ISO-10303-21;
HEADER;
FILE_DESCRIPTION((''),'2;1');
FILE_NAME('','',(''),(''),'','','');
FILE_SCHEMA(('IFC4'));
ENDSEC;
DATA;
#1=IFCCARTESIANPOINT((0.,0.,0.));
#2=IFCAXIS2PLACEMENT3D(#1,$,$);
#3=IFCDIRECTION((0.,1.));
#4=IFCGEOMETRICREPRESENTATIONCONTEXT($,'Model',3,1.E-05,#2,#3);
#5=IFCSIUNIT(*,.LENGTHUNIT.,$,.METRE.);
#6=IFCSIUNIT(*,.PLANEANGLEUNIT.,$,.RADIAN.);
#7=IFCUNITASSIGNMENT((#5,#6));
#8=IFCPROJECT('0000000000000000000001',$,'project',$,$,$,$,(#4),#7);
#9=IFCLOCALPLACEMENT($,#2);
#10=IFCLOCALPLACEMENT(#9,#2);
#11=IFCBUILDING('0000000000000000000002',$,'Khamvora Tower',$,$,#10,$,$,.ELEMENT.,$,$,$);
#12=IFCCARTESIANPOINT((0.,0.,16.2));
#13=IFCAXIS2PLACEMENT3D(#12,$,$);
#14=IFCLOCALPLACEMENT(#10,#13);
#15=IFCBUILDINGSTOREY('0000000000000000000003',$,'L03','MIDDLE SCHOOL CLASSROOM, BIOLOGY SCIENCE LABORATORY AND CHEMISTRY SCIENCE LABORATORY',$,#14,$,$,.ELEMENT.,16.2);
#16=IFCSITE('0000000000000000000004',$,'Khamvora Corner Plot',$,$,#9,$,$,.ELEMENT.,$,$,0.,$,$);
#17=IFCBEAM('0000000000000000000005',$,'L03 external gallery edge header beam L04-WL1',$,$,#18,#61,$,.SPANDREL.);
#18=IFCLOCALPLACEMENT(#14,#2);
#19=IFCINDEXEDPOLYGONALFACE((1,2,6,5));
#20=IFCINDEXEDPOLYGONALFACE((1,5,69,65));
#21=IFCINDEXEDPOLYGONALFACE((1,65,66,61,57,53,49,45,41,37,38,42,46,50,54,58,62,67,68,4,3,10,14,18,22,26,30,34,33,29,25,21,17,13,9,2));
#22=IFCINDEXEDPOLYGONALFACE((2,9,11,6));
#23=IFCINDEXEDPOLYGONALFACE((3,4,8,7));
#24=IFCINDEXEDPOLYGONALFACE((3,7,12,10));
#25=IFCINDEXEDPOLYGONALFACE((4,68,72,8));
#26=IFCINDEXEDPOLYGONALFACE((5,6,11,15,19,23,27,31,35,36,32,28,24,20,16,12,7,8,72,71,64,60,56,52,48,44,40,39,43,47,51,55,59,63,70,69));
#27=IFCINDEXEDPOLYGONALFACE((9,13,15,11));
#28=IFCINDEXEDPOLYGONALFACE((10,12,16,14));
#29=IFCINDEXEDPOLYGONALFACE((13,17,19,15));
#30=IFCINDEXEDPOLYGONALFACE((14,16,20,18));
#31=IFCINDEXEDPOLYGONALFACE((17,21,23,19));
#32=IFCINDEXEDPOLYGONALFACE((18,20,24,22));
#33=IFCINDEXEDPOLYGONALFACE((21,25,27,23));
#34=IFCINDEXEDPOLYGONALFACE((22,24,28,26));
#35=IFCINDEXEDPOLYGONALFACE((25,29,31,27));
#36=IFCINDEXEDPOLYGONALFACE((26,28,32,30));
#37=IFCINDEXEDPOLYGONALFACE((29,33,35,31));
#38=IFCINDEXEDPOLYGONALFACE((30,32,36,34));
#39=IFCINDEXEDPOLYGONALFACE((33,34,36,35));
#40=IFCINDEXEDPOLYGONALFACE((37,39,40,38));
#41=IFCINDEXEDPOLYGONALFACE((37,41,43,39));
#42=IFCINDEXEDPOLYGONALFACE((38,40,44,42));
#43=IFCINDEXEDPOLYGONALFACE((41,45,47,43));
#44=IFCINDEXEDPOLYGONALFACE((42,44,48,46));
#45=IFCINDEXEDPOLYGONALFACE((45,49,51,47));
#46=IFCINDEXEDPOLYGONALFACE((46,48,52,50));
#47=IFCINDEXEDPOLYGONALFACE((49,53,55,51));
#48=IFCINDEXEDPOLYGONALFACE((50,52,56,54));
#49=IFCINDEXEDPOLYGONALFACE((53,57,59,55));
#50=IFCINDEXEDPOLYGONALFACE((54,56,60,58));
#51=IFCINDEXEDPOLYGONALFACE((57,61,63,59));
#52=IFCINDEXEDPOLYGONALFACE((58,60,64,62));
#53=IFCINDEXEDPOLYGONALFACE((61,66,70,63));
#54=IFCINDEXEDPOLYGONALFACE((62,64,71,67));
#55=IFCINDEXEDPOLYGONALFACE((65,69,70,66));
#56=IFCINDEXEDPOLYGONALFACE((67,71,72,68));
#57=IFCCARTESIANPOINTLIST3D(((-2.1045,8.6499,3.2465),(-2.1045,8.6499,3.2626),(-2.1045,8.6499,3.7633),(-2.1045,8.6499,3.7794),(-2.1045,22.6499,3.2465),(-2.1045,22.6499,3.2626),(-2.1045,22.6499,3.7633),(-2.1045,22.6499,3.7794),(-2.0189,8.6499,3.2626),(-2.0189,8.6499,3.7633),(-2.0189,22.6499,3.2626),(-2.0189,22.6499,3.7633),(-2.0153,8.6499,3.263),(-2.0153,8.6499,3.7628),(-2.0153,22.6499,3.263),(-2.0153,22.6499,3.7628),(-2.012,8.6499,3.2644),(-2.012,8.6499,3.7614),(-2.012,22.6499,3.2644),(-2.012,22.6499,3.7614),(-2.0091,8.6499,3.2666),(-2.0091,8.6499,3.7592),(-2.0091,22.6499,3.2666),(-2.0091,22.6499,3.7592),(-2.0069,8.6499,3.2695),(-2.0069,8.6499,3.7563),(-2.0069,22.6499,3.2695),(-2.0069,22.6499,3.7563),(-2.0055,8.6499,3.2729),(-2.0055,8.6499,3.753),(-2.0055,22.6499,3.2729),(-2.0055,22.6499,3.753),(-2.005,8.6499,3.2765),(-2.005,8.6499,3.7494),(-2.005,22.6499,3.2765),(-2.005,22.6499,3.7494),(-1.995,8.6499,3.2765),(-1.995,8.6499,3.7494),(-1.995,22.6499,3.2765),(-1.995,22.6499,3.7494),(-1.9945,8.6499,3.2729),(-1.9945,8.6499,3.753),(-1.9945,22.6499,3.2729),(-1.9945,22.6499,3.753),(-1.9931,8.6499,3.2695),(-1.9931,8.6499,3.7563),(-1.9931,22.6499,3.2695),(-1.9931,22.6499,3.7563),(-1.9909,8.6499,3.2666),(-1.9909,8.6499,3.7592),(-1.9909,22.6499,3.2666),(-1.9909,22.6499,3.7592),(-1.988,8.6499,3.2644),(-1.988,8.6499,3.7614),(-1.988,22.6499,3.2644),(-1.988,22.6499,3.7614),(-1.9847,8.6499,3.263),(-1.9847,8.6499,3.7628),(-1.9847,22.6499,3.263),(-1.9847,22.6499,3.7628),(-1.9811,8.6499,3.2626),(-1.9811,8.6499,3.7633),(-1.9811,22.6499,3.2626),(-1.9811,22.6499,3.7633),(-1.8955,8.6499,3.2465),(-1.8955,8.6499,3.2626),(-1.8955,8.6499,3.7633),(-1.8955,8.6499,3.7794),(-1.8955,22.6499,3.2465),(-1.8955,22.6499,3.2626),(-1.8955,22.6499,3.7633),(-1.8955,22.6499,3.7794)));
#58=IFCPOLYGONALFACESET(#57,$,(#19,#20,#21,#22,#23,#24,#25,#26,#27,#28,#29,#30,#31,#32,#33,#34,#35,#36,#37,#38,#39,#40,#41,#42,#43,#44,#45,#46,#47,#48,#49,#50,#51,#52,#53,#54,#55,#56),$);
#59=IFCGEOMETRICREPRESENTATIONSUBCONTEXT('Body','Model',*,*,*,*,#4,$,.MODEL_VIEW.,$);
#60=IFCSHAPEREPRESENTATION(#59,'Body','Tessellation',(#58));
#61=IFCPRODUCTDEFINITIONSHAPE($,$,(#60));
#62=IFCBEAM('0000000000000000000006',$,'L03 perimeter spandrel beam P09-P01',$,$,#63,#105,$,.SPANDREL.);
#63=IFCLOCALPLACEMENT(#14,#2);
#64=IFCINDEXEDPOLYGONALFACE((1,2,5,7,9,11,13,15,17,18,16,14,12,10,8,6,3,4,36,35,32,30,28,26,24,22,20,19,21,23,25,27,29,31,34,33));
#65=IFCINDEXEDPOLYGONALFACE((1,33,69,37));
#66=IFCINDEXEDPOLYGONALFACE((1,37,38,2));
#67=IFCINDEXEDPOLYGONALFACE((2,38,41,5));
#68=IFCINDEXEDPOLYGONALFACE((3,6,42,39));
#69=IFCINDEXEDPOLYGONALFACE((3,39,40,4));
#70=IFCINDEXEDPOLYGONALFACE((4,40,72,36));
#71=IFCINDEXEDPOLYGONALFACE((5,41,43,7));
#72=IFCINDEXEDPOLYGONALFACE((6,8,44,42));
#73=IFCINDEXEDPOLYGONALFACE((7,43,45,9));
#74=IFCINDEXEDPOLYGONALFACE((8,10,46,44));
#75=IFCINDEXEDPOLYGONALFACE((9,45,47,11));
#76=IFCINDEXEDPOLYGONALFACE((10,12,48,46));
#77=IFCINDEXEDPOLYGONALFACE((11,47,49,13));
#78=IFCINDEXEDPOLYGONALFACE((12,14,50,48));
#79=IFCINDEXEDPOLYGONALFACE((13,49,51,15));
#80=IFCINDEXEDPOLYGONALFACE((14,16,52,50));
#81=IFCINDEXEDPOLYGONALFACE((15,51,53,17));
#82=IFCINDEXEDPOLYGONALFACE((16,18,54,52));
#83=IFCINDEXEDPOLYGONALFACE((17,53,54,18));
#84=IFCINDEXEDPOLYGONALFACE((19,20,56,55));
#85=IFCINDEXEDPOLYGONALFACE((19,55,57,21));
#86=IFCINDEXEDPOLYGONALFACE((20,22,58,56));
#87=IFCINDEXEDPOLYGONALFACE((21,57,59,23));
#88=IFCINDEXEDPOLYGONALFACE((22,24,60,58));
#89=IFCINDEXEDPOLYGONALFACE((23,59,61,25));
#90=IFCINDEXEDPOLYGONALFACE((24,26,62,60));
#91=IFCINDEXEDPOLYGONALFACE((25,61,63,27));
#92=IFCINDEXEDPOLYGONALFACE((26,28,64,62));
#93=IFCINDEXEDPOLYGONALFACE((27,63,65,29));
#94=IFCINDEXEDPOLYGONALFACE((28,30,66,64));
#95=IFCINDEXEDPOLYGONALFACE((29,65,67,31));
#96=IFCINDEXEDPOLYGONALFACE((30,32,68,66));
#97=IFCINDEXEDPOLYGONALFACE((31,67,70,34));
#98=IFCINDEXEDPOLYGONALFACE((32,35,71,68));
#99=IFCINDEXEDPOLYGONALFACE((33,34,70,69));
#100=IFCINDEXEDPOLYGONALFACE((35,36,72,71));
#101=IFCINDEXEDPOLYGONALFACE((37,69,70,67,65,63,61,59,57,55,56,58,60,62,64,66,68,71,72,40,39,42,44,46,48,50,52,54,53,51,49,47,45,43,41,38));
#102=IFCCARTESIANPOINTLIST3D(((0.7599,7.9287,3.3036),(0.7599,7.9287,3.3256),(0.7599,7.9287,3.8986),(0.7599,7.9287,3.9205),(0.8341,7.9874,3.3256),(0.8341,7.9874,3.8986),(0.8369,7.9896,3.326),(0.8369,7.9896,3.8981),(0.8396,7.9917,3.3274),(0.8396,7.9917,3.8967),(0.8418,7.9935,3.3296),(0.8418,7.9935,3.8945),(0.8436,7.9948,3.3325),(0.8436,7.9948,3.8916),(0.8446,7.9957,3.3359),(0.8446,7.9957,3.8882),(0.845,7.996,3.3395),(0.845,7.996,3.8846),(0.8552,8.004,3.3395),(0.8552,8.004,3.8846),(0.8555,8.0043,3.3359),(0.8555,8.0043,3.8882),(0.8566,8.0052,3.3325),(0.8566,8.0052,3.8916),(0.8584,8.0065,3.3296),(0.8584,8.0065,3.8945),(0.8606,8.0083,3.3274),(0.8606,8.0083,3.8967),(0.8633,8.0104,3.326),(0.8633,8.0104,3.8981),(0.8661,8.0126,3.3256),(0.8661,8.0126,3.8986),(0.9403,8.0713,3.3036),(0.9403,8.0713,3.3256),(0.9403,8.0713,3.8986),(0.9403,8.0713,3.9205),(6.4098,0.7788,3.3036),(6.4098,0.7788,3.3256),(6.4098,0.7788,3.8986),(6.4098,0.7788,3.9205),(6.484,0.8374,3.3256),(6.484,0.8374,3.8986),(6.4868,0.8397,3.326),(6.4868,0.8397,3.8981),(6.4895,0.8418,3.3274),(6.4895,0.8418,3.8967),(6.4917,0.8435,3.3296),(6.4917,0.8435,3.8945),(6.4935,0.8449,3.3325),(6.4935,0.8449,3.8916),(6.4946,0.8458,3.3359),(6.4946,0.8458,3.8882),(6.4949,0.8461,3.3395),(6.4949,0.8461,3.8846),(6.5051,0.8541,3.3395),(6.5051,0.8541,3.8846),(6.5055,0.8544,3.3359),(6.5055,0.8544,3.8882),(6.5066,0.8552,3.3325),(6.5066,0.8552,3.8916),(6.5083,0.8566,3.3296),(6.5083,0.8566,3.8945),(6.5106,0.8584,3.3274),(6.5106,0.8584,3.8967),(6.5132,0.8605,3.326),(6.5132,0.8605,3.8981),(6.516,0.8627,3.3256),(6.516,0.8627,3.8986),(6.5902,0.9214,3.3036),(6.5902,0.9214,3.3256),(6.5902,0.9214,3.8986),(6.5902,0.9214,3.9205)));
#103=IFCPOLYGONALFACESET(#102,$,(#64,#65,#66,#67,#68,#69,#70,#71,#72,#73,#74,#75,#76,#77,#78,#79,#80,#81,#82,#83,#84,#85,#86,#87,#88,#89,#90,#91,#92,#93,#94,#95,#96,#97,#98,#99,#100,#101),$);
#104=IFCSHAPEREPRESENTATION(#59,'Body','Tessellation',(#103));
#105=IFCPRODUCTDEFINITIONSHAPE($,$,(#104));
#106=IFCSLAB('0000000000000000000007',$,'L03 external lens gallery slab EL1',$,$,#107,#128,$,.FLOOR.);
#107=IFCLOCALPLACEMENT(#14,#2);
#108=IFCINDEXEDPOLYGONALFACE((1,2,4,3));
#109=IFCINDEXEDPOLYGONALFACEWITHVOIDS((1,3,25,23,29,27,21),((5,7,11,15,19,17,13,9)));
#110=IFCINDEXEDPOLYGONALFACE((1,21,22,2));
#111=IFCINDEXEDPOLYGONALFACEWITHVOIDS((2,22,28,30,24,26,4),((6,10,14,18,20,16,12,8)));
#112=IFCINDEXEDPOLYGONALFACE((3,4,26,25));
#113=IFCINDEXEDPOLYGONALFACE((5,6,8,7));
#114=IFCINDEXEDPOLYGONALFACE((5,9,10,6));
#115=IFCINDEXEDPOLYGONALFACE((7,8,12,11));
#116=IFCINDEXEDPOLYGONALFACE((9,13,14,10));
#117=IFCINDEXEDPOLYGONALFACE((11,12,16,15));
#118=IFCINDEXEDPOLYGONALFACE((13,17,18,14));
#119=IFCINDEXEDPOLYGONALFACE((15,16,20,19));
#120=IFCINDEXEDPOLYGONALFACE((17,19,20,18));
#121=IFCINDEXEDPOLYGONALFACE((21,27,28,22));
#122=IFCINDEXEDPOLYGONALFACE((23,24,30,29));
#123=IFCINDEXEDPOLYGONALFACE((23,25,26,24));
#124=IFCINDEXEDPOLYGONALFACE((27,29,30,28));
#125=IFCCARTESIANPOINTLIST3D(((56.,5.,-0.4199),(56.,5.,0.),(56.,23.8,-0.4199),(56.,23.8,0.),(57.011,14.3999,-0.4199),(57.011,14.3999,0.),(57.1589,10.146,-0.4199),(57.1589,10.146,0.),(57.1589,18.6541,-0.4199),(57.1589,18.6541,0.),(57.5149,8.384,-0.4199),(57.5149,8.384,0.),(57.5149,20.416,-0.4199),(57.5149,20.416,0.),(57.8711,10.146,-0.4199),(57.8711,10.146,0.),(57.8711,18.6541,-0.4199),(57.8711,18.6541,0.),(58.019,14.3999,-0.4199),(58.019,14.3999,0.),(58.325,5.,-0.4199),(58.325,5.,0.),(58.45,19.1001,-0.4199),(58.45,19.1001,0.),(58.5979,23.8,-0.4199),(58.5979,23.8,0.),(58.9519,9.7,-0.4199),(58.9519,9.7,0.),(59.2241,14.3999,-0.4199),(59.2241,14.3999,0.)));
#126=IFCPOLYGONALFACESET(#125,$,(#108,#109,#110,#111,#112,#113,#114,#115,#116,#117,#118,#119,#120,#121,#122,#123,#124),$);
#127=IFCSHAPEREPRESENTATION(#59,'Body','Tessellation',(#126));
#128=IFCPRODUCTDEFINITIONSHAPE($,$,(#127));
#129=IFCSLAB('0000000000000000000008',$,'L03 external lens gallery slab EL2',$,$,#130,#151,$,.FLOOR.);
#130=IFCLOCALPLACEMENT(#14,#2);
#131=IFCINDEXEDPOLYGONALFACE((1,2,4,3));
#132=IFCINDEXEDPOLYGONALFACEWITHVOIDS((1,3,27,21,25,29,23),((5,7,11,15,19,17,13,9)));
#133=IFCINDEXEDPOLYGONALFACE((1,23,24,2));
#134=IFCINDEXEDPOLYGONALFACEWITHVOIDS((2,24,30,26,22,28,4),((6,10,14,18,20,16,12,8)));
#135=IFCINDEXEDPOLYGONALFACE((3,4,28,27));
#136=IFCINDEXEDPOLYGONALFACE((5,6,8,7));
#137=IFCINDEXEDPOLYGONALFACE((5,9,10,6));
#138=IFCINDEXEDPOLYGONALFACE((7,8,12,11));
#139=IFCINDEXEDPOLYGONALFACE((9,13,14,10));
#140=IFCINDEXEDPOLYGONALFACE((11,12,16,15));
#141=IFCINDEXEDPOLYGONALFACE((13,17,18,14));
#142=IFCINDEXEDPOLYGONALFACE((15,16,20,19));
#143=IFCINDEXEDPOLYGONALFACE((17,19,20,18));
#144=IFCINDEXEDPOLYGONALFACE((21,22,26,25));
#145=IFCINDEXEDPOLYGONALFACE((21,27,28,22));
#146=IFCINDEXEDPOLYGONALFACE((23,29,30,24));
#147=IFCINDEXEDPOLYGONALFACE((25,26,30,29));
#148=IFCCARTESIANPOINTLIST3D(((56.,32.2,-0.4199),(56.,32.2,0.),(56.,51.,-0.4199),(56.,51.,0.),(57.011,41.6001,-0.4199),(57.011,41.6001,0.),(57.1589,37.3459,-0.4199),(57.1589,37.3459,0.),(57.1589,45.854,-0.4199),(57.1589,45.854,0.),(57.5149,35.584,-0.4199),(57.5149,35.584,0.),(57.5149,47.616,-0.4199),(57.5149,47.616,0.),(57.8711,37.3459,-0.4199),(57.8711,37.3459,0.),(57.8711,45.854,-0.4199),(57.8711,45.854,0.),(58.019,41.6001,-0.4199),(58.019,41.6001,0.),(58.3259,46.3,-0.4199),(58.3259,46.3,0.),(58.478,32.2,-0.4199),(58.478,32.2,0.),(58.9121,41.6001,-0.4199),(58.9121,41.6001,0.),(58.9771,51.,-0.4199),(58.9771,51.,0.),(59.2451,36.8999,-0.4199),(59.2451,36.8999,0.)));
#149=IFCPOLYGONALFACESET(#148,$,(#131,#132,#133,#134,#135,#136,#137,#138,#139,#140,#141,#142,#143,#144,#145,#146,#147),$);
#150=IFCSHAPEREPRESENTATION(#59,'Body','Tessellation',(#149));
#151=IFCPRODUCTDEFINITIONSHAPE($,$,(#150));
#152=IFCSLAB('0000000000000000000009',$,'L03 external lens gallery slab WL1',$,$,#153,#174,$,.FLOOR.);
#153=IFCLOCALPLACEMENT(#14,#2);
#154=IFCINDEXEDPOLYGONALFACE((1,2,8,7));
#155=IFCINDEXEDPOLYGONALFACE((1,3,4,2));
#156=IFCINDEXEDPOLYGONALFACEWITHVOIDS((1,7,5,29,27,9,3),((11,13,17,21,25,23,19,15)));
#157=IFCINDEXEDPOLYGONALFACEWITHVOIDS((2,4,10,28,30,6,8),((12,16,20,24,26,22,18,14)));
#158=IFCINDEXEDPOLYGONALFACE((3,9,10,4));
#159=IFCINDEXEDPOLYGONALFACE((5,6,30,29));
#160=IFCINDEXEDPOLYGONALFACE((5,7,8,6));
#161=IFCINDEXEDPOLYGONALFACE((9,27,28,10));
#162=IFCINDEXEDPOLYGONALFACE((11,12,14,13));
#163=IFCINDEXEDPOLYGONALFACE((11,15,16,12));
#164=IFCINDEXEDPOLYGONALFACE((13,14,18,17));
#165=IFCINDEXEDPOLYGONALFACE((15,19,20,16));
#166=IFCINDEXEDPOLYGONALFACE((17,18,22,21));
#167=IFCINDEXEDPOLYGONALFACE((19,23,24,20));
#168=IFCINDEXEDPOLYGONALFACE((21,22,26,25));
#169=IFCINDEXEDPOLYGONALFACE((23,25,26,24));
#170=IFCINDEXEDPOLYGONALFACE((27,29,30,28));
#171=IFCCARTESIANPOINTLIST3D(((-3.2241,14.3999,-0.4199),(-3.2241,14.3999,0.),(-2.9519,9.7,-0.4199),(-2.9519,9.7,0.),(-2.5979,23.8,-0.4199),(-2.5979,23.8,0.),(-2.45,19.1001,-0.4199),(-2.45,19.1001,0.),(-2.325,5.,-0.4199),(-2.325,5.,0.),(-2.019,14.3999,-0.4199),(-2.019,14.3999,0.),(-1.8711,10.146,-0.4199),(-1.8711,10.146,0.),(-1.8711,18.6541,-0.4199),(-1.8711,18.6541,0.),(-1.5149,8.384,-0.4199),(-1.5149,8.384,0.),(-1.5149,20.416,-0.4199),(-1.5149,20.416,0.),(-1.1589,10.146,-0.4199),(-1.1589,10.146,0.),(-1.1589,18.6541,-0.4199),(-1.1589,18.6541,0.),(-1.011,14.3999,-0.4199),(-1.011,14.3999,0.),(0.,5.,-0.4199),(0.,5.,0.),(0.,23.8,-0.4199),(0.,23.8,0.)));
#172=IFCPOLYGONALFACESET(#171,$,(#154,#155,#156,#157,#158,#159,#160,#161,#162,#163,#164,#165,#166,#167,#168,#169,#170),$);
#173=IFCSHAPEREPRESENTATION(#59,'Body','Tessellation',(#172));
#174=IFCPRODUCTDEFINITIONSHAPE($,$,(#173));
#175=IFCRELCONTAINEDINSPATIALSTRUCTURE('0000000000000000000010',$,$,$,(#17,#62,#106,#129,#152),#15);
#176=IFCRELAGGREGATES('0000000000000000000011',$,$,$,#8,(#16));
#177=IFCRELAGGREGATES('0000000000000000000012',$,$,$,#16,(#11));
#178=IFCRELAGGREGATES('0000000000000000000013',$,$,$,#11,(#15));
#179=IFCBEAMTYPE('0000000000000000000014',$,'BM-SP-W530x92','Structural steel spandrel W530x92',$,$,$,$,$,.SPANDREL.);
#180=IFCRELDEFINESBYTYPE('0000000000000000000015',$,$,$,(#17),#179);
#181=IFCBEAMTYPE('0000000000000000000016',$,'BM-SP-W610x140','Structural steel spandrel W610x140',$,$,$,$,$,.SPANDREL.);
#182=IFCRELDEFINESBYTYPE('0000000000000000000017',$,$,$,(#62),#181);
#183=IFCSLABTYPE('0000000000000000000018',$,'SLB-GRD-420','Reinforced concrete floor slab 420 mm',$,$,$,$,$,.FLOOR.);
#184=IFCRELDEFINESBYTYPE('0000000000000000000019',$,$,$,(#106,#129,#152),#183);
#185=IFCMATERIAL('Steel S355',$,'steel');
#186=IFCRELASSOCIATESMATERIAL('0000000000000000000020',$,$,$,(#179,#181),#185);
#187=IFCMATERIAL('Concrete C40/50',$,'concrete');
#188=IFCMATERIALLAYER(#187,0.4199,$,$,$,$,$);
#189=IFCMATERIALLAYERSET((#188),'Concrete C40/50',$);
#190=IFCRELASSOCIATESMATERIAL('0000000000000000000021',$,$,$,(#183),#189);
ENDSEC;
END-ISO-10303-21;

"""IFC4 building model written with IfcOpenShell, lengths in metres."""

from ifc_helpers import new_model, si_unit, direction, frame, origin, origin_2d, place, context, subcontext, project, spatial, polyline, i_section, outline, extrude, material, layer, layer_set, material_profile, profile_set, type_object, element, save


model = new_model("IFC4")

# Units and contexts
model_context = context("Model", 3, precision=1e-05, world=origin(), true_north=direction((0.0, 1.0)))
body_context = subcontext(model_context, "Body", "Model", "MODEL_VIEW")
ifc_project = project(units=[si_unit("LENGTHUNIT", "METRE"), si_unit("PLANEANGLEUNIT", "RADIAN")], contexts=[model_context])

# Site, building, storey
site_placement = place(None, origin())
site = spatial("IfcSite", under=ifc_project, at=site_placement, Name="Khamvora Corner Plot", CompositionType="ELEMENT", RefElevation=0.0)
building_placement = place(site_placement, origin())
building = spatial("IfcBuilding", under=site, at=building_placement, Name="Khamvora Tower", CompositionType="ELEMENT")
storey_placement = place(building_placement, frame((0.0, 0.0, 16.2)))
storey = spatial("IfcBuildingStorey", under=building, at=storey_placement, Name="L03", Description="MIDDLE SCHOOL CLASSROOM, BIOLOGY SCIENCE LABORATORY AND CHEMISTRY SCIENCE LABORATORY", CompositionType="ELEMENT", Elevation=16.2)

# Beams
ifc_material_1 = material(Name="Steel S355", Category="steel")
ifc_material_profile_1 = material_profile(ifc_material_1, i_section(OverallWidth=0.209, OverallDepth=0.533, WebThickness=0.01, FlangeThickness=0.0161, FilletRadius=0.0139, at=origin_2d()), Name="W530x92")
ifc_profile_set_1 = profile_set([ifc_material_profile_1], Name="Steel S355")
beam_type_1 = type_object("IfcBeamType", Name="BM-SP-W530x92", Description="Structural steel spandrel W530x92", PredefinedType="SPANDREL", material=ifc_profile_set_1)
beam_1_placement = place(storey_placement, frame((-2.0, 8.6499, 3.5129), z_axis=(0.0, 1.0, 0.0), x_axis=(-1.0, 0.0, 0.0)))
element("IfcBeam", 1, at=beam_1_placement, inside=storey, type_object=beam_type_1, Name="L03 external gallery edge header beam L04-WL1", PredefinedType="SPANDREL", context=body_context, shape_type="SweptSolid", body=[
    extrude(i_section(OverallWidth=0.209, OverallDepth=0.533, WebThickness=0.01, FlangeThickness=0.0161, FilletRadius=0.0139, at=origin_2d()), origin(), (0.0, 0.0, 1.0), 14.0),
])
ifc_material_profile_2 = material_profile(ifc_material_1, i_section(OverallWidth=0.23, OverallDepth=0.6169, WebThickness=0.0129, FlangeThickness=0.022, FilletRadius=0.0139, at=origin_2d()), Name="W610x140")
ifc_profile_set_2 = profile_set([ifc_material_profile_2], Name="Steel S355")
beam_type_2 = type_object("IfcBeamType", Name="BM-SP-W610x140", Description="Structural steel spandrel W610x140", PredefinedType="SPANDREL", material=ifc_profile_set_2)
beam_2_placement = place(storey_placement, frame((0.8501, 8.0, 3.6121), z_axis=(0.619999, -0.784603, 0.0), x_axis=(0.784603, 0.619999, 0.0)))
element("IfcBeam", 2, at=beam_2_placement, inside=storey, type_object=beam_type_2, Name="L03 perimeter spandrel beam P09-P01", PredefinedType="SPANDREL", context=body_context, shape_type="SweptSolid", body=[
    extrude(i_section(OverallWidth=0.23, OverallDepth=0.6169, WebThickness=0.0129, FlangeThickness=0.022, FilletRadius=0.0139, at=origin_2d()), origin(), (0.0, 0.0, 1.0), 9.1128),
])

# Slabs
ifc_material_2 = material(Name="Concrete C40/50", Category="concrete")
ifc_layer_1 = layer(ifc_material_2, 0.4199)
ifc_layer_set_1 = layer_set([ifc_layer_1], Name="Concrete C40/50")
slab_type_1 = type_object("IfcSlabType", Name="SLB-GRD-420", Description="Reinforced concrete floor slab 420 mm", PredefinedType="FLOOR", material=ifc_layer_set_1)
slab_1_placement = place(storey_placement, frame((0.0, 0.0, -0.4199)))
element("IfcSlab", 3, at=slab_1_placement, inside=storey, type_object=slab_type_1, Name="L03 external lens gallery slab EL1", PredefinedType="FLOOR", context=body_context, shape_type="SweptSolid", body=[
    extrude(outline(polyline([(58.325, 5.0), (58.9519, 9.7), (59.2241, 14.3999), (58.45, 19.1001), (58.5979, 23.8), (56.0, 23.8), (56.0, 5.0), (58.325, 5.0)]), holes=[polyline([(58.019, 14.3999), (57.8711, 18.6541), (57.5149, 20.416), (57.1589, 18.6541), (57.011, 14.3999), (57.1589, 10.146), (57.5149, 8.384), (57.8711, 10.146), (58.019, 14.3999)])]), origin(), (0.0, 0.0, 1.0), 0.4199),
])
slab_2_placement = place(storey_placement, frame((0.0, 0.0, -0.4199)))
element("IfcSlab", 4, at=slab_2_placement, inside=storey, type_object=slab_type_1, Name="L03 external lens gallery slab EL2", PredefinedType="FLOOR", context=body_context, shape_type="SweptSolid", body=[
    extrude(outline(polyline([(58.478, 32.2), (59.2451, 36.8999), (58.9121, 41.6001), (58.3259, 46.3), (58.9771, 51.0), (56.0, 51.0), (56.0, 32.2), (58.478, 32.2)]), holes=[polyline([(58.019, 41.6001), (57.8711, 45.854), (57.5149, 47.616), (57.1589, 45.854), (57.011, 41.6001), (57.1589, 37.3459), (57.5149, 35.584), (57.8711, 37.3459), (58.019, 41.6001)])]), origin(), (0.0, 0.0, 1.0), 0.4199),
])
slab_3_placement = place(storey_placement, frame((0.0, 0.0, -0.4199)))
element("IfcSlab", 5, at=slab_3_placement, inside=storey, type_object=slab_type_1, Name="L03 external lens gallery slab WL1", PredefinedType="FLOOR", context=body_context, shape_type="SweptSolid", body=[
    extrude(outline(polyline([(0.0, 5.0), (0.0, 23.8), (-2.5979, 23.8), (-2.45, 19.1001), (-3.2241, 14.3999), (-2.9519, 9.7), (-2.325, 5.0), (0.0, 5.0)]), holes=[polyline([(-1.011, 14.3999), (-1.1589, 18.6541), (-1.5149, 20.416), (-1.8711, 18.6541), (-2.019, 14.3999), (-1.8711, 10.146), (-1.5149, 8.384), (-1.1589, 10.146), (-1.011, 14.3999)])]), origin(), (0.0, 0.0, 1.0), 0.4199),
])

save(model, "model.ifc")
